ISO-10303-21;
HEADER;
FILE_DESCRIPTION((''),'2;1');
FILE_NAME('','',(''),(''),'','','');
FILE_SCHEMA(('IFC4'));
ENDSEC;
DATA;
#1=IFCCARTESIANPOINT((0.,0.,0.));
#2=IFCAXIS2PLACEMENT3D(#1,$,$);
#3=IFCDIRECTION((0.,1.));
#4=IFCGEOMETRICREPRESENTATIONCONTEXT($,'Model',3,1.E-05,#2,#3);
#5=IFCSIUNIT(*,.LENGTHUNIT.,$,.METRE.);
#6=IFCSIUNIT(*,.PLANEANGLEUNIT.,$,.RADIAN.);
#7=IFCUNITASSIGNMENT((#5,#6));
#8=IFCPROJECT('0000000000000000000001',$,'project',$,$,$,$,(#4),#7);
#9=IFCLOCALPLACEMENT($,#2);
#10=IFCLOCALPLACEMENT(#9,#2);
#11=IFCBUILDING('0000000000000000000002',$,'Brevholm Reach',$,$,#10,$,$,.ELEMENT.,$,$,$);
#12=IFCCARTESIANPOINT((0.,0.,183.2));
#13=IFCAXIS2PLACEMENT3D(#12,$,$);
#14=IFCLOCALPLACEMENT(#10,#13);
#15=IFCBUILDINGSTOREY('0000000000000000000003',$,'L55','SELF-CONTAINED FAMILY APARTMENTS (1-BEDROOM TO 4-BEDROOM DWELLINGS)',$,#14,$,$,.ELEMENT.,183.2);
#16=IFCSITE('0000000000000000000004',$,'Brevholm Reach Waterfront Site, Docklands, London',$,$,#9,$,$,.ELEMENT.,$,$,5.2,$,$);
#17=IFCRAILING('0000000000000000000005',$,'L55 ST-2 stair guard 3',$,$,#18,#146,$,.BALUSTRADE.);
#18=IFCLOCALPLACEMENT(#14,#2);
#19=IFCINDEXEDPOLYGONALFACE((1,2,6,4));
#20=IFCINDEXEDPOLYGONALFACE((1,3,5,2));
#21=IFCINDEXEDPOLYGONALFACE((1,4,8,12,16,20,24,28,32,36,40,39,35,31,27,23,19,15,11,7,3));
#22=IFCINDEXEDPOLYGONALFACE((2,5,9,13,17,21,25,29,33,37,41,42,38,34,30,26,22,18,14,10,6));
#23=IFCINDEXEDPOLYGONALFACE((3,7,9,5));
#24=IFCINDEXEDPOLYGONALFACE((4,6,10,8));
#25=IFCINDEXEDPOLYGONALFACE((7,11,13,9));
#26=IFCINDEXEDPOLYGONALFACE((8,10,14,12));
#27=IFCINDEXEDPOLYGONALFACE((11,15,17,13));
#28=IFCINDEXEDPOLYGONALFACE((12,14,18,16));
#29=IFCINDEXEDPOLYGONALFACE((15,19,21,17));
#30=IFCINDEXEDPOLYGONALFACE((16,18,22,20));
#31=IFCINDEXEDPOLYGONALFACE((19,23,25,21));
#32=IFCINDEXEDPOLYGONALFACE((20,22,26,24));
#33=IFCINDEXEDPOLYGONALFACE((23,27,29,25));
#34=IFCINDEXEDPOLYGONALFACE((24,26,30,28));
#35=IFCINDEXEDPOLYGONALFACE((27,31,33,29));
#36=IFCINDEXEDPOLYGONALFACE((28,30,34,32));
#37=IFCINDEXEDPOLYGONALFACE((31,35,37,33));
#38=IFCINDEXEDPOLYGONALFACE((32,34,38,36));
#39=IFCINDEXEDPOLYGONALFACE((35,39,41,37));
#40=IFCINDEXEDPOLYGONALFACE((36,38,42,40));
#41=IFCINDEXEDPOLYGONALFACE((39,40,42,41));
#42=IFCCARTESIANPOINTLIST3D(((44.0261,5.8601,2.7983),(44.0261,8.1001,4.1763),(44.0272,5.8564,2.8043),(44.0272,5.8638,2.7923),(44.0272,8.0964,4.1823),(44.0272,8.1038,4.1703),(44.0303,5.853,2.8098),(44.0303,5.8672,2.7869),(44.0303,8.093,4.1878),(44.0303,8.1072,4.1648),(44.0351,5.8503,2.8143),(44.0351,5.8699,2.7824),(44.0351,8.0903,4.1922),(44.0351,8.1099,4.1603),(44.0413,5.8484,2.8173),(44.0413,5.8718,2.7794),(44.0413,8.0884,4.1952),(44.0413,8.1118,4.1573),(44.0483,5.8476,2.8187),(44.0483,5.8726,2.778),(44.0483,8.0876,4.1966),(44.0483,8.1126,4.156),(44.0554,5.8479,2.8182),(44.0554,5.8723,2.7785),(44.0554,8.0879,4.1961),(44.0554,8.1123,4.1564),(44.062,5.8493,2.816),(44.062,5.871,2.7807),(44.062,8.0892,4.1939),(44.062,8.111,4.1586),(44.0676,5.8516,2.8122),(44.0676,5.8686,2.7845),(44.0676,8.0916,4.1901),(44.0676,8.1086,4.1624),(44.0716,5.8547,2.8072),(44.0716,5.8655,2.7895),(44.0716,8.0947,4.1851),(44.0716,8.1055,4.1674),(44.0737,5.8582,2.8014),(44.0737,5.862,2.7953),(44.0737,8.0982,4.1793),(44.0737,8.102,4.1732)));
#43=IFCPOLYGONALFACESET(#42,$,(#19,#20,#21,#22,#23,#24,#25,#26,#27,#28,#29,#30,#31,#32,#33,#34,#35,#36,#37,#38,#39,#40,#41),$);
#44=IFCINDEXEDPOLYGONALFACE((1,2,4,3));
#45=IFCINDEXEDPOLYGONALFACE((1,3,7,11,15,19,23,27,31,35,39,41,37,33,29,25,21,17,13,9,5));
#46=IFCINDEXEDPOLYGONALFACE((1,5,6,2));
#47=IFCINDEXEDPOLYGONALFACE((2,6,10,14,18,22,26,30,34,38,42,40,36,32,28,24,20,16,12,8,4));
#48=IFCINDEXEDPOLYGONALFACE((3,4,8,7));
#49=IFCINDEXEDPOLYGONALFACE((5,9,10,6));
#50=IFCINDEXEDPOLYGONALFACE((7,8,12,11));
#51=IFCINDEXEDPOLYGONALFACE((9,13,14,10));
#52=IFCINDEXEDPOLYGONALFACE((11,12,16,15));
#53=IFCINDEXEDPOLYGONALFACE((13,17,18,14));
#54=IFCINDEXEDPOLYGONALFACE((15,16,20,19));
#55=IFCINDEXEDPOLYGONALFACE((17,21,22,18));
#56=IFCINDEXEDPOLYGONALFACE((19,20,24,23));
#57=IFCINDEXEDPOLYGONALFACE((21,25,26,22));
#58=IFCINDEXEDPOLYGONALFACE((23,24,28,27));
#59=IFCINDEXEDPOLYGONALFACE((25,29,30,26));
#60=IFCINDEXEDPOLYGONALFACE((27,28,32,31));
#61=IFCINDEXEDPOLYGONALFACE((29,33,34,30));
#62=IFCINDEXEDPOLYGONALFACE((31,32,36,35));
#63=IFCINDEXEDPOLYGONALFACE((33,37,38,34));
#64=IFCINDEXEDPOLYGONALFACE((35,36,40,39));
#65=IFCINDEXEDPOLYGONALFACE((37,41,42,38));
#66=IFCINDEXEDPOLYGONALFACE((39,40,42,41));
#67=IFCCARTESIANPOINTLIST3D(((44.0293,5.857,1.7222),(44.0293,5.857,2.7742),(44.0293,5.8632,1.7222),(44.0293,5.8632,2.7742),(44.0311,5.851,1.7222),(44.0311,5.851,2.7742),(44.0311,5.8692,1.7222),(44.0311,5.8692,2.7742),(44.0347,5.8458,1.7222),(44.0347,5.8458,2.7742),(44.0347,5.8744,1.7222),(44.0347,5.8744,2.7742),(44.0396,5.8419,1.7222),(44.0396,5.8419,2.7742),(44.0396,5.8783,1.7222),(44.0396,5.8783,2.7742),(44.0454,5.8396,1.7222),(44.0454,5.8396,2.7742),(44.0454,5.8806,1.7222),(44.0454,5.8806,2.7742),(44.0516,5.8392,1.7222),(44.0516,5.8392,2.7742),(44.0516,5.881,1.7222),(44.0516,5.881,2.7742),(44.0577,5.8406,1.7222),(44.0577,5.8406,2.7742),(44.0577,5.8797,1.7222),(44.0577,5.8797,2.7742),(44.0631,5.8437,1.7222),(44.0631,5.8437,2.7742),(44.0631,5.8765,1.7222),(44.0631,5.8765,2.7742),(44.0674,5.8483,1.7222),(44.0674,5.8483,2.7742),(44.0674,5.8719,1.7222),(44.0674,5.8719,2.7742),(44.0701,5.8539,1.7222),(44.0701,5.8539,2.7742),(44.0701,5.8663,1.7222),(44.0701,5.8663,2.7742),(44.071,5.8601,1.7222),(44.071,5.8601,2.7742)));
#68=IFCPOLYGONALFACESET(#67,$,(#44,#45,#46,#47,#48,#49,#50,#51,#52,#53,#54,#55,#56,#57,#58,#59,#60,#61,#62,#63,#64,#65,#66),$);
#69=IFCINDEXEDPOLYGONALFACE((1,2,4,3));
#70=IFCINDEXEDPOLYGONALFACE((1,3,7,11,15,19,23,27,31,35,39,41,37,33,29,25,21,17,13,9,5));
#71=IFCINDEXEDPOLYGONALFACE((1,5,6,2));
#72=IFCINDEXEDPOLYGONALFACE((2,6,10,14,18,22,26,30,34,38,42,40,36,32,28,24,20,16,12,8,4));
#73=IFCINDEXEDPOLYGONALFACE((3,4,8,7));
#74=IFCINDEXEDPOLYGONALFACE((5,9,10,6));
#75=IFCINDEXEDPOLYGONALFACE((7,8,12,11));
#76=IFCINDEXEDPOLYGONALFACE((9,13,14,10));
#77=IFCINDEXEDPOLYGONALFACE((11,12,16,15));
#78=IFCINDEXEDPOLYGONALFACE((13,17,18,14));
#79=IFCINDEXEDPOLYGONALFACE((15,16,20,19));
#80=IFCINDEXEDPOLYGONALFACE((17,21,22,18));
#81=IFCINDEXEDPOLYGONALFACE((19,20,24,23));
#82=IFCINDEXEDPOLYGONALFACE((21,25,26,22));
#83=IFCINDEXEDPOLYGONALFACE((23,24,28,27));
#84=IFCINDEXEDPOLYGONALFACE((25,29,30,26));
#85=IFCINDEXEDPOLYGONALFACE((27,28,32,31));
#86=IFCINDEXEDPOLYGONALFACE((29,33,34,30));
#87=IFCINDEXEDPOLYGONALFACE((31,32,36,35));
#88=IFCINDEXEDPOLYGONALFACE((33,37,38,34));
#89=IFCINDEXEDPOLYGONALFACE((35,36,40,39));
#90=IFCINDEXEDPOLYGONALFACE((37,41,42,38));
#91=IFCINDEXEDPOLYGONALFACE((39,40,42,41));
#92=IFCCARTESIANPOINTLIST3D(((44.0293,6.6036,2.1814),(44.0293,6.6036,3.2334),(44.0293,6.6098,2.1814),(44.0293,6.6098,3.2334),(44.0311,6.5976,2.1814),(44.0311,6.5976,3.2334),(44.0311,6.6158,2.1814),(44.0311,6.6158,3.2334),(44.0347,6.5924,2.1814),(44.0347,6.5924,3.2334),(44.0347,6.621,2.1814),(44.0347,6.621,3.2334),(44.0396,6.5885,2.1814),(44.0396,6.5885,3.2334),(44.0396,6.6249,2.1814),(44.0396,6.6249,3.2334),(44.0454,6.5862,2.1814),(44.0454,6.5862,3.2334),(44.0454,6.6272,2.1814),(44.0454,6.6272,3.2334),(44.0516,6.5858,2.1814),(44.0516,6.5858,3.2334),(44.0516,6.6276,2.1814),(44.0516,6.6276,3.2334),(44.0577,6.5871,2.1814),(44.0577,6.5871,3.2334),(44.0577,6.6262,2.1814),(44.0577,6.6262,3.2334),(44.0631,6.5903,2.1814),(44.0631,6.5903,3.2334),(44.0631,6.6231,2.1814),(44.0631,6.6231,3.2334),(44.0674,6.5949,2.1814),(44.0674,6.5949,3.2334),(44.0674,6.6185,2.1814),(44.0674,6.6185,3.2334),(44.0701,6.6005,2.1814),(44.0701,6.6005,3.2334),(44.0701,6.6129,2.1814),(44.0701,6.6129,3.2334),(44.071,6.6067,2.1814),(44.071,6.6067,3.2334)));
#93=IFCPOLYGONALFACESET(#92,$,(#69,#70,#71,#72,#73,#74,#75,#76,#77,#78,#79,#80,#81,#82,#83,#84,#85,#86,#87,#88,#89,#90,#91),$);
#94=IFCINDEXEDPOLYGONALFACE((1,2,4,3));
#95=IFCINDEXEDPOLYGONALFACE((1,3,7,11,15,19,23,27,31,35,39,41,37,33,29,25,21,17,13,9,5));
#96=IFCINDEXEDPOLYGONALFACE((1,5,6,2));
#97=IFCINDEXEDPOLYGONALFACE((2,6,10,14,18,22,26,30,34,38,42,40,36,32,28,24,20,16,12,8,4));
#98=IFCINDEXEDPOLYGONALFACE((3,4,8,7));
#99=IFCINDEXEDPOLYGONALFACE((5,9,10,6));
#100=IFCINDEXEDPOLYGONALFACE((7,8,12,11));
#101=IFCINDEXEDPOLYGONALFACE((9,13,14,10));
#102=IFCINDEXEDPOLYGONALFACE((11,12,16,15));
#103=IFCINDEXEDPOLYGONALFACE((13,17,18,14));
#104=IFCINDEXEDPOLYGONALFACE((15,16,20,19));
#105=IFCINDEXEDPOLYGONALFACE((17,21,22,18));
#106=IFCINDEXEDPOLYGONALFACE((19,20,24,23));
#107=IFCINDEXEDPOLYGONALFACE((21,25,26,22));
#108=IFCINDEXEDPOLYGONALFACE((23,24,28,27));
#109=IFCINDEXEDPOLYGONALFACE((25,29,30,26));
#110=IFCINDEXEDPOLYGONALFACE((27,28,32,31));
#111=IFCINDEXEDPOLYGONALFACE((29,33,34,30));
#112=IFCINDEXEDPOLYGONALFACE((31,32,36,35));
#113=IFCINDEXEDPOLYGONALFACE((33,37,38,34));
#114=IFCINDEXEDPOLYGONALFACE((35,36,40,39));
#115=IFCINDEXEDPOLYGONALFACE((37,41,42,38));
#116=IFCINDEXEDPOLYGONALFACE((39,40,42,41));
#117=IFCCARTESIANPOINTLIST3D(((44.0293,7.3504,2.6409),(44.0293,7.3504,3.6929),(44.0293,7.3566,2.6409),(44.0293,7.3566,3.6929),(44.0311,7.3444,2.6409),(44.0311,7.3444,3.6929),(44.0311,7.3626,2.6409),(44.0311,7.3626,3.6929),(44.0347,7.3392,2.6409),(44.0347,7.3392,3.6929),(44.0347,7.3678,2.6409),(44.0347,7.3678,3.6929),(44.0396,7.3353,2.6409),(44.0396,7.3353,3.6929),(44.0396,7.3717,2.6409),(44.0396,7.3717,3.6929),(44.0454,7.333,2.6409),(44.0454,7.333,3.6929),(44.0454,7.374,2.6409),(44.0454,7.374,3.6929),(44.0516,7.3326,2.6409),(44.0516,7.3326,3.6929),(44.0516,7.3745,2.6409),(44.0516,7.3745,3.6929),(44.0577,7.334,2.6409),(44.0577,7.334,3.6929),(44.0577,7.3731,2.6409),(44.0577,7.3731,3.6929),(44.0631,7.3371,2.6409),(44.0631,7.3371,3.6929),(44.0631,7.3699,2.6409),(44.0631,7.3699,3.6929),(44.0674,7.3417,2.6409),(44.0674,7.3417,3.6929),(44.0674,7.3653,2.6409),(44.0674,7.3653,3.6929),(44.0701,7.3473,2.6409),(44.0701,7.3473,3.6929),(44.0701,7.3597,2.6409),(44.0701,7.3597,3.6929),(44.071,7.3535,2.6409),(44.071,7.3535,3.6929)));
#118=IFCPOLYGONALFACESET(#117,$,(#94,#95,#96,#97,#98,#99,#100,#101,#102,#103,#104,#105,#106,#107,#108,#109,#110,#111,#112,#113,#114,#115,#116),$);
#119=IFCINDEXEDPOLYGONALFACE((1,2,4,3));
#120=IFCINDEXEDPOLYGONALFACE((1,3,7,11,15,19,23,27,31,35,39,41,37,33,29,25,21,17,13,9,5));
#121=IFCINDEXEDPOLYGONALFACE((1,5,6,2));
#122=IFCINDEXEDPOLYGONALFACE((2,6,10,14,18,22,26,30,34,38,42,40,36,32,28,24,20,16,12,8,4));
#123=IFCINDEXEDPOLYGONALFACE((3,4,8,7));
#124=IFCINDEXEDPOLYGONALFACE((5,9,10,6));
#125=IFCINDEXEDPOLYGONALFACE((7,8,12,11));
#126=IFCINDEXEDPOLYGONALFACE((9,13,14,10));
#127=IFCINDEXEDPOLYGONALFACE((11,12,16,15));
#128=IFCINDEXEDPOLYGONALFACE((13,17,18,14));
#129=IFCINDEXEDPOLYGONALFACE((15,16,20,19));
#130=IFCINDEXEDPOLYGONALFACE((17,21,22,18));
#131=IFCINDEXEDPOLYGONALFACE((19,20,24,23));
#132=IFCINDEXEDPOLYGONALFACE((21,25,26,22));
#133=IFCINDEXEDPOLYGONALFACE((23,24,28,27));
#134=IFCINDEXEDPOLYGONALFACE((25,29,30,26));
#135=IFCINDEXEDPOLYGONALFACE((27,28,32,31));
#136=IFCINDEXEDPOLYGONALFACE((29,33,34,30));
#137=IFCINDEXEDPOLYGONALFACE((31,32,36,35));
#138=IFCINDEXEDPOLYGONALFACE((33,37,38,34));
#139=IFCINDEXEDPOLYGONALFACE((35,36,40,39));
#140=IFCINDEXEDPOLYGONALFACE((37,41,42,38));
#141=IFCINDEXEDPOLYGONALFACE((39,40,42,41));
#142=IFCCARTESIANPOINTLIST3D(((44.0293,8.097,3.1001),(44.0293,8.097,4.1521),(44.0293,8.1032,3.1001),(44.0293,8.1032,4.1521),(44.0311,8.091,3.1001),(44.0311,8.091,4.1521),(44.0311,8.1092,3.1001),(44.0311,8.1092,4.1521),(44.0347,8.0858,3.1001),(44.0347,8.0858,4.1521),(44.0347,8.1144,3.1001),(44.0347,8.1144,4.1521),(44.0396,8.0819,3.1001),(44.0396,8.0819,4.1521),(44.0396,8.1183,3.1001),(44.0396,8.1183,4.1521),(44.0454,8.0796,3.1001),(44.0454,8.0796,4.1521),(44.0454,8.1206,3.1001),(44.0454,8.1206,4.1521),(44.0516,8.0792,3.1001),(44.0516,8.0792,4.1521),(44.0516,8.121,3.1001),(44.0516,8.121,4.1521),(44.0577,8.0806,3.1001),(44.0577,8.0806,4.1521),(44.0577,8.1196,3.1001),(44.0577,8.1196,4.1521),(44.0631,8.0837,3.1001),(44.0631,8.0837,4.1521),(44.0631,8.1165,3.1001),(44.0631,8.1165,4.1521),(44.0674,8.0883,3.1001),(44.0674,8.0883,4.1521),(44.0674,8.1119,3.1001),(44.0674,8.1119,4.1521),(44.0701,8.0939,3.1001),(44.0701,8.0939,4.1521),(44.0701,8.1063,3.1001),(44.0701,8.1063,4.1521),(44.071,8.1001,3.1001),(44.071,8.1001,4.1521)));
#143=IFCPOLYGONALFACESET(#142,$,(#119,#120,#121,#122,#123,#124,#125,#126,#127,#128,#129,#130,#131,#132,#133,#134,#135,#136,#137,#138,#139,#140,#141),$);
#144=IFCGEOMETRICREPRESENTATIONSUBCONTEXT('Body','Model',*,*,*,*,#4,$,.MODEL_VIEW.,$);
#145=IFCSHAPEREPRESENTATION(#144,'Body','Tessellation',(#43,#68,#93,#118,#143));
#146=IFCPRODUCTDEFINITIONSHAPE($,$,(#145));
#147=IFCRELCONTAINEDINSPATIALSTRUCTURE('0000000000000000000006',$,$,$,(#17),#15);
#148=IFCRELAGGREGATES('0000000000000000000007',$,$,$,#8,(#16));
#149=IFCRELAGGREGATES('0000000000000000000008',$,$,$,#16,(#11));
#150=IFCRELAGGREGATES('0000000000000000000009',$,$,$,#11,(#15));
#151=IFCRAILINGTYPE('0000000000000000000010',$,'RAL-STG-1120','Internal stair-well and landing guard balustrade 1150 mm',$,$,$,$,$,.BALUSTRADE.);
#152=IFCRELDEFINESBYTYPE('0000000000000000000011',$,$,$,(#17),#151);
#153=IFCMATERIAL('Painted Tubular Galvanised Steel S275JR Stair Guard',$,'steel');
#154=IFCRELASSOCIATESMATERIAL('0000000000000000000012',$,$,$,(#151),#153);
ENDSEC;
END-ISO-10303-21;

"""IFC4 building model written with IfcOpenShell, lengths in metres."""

from ifc_helpers import new_model, si_unit, direction, frame, origin, origin_2d, place, context, subcontext, project, spatial, circle, extrude, material, type_object, element, save


model = new_model("IFC4")

# Units and contexts
model_context = context("Model", 3, precision=1e-05, world=origin(), true_north=direction((0.0, 1.0)))
body_context = subcontext(model_context, "Body", "Model", "MODEL_VIEW")
ifc_project = project(units=[si_unit("LENGTHUNIT", "METRE"), si_unit("PLANEANGLEUNIT", "RADIAN")], contexts=[model_context])

# Site, building, storey
site_placement = place(None, origin())
site = spatial("IfcSite", under=ifc_project, at=site_placement, Name="Brevholm Reach Waterfront Site, Docklands, London", CompositionType="ELEMENT", RefElevation=5.2)
building_placement = place(site_placement, origin())
building = spatial("IfcBuilding", under=site, at=building_placement, Name="Brevholm Reach", CompositionType="ELEMENT")
storey_placement = place(building_placement, frame((0.0, 0.0, 183.2)))
storey = spatial("IfcBuildingStorey", under=building, at=storey_placement, Name="L55", Description="SELF-CONTAINED FAMILY APARTMENTS (1-BEDROOM TO 4-BEDROOM DWELLINGS)", CompositionType="ELEMENT", Elevation=183.2)

# Railing
ifc_material_1 = material(Name="Painted Tubular Galvanised Steel S275JR Stair Guard", Category="steel")
railing_type_1 = type_object("IfcRailingType", Name="RAL-STG-1120", Description="Internal stair-well and landing guard balustrade 1150 mm", PredefinedType="BALUSTRADE", material=ifc_material_1)
railing_1_placement = place(storey_placement, frame((44.05, 5.8601, 1.7222)))
element("IfcRailing", 1, at=railing_1_placement, inside=storey, type_object=railing_type_1, Name="L55 ST-2 stair guard 3", PredefinedType="BALUSTRADE", context=body_context, shape_type="SweptSolid", body=[
    extrude(circle(Radius=0.0239, at=origin_2d()), frame((0.0, 0.0, 1.0762), z_axis=(0.0, 0.851748, 0.523952), x_axis=(-1.0, 0.0, 0.0)), (0.0, 0.0, 1.0), 2.6299),
    extrude(circle(Radius=0.021, at=origin_2d()), origin(), (0.0, 0.0, 1.0), 1.052),
    extrude(circle(Radius=0.021, at=origin_2d()), frame((0.0, 0.7466, 0.4592)), (0.0, 0.0, 1.0), 1.052),
    extrude(circle(Radius=0.021, at=origin_2d()), frame((0.0, 1.4934, 0.9187)), (0.0, 0.0, 1.0), 1.052),
    extrude(circle(Radius=0.021, at=origin_2d()), frame((0.0, 2.24, 1.3779)), (0.0, 0.0, 1.0), 1.052),
])

save(model, "model.ifc")
